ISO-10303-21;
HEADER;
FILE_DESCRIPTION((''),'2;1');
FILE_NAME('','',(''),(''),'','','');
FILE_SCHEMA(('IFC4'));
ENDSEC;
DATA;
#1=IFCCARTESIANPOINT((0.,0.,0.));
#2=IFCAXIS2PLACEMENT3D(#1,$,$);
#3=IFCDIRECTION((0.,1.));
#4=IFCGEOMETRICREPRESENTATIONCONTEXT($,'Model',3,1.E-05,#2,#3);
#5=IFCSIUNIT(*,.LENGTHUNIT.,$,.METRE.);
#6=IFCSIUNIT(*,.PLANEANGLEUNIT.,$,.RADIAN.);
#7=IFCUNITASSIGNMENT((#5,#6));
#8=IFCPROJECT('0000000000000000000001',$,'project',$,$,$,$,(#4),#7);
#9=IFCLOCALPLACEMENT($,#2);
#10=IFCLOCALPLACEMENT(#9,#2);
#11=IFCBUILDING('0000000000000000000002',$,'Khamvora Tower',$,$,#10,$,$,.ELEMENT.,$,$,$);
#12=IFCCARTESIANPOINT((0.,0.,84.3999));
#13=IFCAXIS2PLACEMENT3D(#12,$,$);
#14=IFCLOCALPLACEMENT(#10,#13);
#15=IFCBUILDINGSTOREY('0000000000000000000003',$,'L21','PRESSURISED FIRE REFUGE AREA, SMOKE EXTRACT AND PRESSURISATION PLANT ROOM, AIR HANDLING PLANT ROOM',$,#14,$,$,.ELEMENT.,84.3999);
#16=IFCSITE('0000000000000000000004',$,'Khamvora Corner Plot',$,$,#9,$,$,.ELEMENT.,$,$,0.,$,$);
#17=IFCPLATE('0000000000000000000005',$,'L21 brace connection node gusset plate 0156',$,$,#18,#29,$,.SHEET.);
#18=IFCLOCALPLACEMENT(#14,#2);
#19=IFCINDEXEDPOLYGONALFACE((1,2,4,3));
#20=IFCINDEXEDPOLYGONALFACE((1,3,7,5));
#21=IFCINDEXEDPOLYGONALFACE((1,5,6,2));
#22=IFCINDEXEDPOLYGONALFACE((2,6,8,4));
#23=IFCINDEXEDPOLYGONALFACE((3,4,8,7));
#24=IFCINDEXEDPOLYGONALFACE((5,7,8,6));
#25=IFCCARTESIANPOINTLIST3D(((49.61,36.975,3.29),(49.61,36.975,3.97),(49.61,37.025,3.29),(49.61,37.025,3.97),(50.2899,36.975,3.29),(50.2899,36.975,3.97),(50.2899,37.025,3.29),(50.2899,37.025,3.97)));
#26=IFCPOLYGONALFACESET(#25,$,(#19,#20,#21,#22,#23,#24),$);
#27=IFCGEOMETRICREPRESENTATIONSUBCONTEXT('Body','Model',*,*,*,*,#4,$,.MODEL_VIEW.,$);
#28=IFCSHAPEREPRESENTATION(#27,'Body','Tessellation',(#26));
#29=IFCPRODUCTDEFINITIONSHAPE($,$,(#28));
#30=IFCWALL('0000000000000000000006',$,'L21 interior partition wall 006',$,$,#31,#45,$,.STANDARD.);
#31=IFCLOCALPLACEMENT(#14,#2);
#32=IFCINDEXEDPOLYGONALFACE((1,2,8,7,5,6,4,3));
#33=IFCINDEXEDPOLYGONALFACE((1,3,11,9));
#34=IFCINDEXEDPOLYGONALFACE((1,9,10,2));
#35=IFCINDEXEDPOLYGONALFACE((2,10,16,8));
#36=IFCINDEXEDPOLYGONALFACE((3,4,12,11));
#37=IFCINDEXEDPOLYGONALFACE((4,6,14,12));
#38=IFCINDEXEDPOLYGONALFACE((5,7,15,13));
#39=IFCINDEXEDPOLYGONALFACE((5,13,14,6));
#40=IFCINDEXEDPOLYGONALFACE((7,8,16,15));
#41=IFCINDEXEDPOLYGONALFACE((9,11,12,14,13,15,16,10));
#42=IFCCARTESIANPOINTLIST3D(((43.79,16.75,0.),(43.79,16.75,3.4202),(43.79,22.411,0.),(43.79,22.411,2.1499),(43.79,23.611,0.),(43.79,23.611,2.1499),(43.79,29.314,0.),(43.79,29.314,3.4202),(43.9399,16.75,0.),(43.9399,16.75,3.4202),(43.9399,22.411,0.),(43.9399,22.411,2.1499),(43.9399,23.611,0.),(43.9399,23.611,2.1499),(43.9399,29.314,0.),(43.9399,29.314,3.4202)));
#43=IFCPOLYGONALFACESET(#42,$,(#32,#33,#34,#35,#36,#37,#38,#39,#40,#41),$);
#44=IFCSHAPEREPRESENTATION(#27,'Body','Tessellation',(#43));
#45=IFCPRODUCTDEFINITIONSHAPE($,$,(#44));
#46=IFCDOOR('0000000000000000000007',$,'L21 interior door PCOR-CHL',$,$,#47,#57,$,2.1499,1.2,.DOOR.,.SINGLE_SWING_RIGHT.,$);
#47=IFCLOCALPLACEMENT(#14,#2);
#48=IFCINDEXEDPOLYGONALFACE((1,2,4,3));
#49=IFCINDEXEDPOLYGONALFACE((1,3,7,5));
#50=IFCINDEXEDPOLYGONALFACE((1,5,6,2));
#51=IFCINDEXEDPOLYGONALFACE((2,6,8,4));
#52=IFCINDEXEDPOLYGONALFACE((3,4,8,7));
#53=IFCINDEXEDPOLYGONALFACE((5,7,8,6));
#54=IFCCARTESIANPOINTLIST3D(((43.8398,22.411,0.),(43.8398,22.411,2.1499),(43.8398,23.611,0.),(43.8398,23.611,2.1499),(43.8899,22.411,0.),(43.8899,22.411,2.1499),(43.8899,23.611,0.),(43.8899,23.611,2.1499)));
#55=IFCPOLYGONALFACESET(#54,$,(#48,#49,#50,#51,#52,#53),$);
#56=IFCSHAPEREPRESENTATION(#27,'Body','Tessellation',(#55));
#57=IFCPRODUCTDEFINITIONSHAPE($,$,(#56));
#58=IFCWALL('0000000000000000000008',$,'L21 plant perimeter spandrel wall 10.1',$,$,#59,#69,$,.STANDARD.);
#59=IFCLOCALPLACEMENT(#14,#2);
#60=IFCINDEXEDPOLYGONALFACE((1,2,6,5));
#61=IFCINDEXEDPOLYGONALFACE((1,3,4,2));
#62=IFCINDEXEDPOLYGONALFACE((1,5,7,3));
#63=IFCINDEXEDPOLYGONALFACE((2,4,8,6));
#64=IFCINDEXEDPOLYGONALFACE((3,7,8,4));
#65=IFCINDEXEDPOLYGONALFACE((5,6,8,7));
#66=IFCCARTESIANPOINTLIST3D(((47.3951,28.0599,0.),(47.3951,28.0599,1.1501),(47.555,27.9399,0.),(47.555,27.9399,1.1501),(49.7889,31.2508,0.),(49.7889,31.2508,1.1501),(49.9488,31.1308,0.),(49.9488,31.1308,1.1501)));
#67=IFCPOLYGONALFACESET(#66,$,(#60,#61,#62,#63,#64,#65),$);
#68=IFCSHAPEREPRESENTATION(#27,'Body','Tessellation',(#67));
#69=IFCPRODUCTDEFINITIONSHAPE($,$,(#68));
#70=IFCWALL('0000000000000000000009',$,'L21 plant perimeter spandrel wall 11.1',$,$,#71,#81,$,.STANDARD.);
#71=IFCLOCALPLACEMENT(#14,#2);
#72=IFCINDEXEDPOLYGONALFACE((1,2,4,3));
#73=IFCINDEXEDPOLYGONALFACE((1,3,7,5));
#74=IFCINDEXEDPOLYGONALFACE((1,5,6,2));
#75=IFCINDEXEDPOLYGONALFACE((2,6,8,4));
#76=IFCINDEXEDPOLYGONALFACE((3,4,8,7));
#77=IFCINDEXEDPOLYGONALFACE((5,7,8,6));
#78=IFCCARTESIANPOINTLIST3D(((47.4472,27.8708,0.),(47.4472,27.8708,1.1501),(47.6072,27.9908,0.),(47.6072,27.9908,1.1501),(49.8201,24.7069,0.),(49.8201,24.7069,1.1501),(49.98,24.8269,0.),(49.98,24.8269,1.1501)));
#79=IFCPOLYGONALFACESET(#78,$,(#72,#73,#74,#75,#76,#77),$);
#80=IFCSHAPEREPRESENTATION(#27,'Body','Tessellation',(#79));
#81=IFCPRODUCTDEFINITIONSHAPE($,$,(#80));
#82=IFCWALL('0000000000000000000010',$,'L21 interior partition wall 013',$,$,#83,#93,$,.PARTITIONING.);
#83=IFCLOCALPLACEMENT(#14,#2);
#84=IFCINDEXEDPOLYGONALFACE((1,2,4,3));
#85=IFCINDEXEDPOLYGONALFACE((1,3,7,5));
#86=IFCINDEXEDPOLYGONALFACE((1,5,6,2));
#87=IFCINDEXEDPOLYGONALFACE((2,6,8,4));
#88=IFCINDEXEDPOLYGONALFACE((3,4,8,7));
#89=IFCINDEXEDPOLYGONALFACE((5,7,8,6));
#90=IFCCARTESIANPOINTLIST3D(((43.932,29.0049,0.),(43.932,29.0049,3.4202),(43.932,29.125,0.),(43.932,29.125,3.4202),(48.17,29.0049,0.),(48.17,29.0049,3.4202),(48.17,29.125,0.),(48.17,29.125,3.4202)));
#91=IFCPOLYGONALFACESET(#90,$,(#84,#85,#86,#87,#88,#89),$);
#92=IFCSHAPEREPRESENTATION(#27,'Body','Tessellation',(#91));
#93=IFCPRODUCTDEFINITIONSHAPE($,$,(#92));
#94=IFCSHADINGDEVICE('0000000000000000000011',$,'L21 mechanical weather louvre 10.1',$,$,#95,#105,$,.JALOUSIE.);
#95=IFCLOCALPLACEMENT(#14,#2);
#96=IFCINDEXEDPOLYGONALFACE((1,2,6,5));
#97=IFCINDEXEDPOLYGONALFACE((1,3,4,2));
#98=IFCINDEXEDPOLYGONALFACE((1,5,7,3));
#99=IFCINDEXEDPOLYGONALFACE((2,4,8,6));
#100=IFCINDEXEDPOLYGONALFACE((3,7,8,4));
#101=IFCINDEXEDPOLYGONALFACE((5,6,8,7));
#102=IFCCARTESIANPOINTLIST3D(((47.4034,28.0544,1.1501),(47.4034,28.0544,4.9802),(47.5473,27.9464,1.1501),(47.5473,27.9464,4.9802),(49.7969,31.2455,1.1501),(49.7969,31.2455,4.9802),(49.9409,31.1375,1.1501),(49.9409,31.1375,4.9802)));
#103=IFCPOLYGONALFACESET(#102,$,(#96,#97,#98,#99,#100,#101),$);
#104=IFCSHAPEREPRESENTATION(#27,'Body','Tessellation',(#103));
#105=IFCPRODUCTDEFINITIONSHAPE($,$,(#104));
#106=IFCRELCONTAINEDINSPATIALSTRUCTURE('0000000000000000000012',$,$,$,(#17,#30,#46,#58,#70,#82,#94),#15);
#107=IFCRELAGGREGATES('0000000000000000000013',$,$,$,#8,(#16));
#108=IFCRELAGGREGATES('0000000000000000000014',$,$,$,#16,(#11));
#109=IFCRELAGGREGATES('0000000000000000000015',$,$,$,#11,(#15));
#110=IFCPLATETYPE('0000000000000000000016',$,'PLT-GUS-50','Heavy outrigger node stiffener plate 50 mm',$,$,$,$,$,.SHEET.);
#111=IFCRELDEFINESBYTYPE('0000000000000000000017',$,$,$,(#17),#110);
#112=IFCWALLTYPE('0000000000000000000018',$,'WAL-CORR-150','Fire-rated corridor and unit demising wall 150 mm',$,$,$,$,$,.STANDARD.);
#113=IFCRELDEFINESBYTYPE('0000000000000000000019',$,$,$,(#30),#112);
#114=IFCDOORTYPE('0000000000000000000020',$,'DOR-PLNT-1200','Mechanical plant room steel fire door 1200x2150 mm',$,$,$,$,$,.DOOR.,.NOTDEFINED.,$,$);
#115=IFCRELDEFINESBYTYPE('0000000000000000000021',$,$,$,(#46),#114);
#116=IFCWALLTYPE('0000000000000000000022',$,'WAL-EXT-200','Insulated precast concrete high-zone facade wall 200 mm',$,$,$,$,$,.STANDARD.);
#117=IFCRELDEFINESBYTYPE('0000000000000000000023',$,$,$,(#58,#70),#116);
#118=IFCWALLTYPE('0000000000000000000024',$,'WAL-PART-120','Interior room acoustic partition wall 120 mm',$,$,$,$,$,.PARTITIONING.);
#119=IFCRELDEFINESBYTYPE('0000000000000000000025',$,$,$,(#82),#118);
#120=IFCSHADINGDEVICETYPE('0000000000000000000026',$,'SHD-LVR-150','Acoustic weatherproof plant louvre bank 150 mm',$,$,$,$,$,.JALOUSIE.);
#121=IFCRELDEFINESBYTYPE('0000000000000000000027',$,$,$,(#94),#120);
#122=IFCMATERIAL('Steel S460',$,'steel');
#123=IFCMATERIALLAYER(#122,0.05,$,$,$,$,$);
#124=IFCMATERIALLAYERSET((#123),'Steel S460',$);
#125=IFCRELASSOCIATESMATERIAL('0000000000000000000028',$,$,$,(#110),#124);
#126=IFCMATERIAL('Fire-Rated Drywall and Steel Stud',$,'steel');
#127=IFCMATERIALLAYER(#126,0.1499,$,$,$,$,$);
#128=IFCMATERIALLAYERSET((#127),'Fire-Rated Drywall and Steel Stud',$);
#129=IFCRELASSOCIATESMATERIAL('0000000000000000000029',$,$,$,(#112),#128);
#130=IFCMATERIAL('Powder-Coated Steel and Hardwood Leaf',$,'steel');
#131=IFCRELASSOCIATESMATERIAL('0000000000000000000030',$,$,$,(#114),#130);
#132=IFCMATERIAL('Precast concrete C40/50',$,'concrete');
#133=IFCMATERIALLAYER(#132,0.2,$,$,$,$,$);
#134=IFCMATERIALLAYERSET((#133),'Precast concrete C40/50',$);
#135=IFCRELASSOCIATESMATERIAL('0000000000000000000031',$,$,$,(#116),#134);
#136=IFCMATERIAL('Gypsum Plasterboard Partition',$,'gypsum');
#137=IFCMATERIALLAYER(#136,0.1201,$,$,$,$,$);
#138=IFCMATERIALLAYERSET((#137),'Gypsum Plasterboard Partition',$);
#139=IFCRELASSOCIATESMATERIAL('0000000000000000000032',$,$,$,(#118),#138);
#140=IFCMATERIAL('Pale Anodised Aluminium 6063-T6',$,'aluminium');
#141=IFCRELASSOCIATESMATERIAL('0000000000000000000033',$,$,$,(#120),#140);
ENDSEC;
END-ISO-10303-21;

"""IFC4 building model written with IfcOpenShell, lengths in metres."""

from ifc_helpers import new_model, si_unit, direction, frame, frame_2d, origin, origin_2d, place, context, subcontext, project, spatial, rectangle, extrude, material, layer, layer_set, type_object, element, fill, save


model = new_model("IFC4")

# Units and contexts
model_context = context("Model", 3, precision=1e-05, world=origin(), true_north=direction((0.0, 1.0)))
body_context = subcontext(model_context, "Body", "Model", "MODEL_VIEW")
ifc_project = project(units=[si_unit("LENGTHUNIT", "METRE"), si_unit("PLANEANGLEUNIT", "RADIAN")], contexts=[model_context])

# Site, building, storey
site_placement = place(None, origin())
site = spatial("IfcSite", under=ifc_project, at=site_placement, Name="Khamvora Corner Plot", CompositionType="ELEMENT", RefElevation=0.0)
building_placement = place(site_placement, origin())
building = spatial("IfcBuilding", under=site, at=building_placement, Name="Khamvora Tower", CompositionType="ELEMENT")
storey_placement = place(building_placement, frame((0.0, 0.0, 84.3999)))
storey = spatial("IfcBuildingStorey", under=building, at=storey_placement, Name="L21", Description="PRESSURISED FIRE REFUGE AREA, SMOKE EXTRACT AND PRESSURISATION PLANT ROOM, AIR HANDLING PLANT ROOM", CompositionType="ELEMENT", Elevation=84.3999)

# Shared definitions
ifc_material_1 = material(Name="Steel S460", Category="steel")

# Plate
ifc_layer_1 = layer(ifc_material_1, 0.05)
ifc_layer_set_1 = layer_set([ifc_layer_1], Name="Steel S460")
plate_type_1 = type_object("IfcPlateType", Name="PLT-GUS-50", Description="Heavy outrigger node stiffener plate 50 mm", PredefinedType="SHEET", material=ifc_layer_set_1)
for number, where, z_axis, x_axis, name in (
    (1, (49.95, 37.0, 3.29), (0.0, 0.0, 1.0), (1.0, 0.0, 0.0), "L21 brace connection node gusset plate 0156"),
):
    element("IfcPlate", number, at=place(storey_placement, frame(where, z_axis=z_axis, x_axis=x_axis)), inside=storey, type_object=plate_type_1, Name=name, PredefinedType="SHEET", context=body_context, shape_type="SweptSolid", body=[
        extrude(rectangle(XDim=0.6799, YDim=0.05, at=origin_2d()), origin(), (0.0, 0.0, 1.0), 0.6799),
    ])

# Wall, opening, door
ifc_material_2 = material(Name="Fire-Rated Drywall and Steel Stud", Category="steel")
ifc_layer_2 = layer(ifc_material_2, 0.1499)
ifc_layer_set_2 = layer_set([ifc_layer_2], Name="Fire-Rated Drywall and Steel Stud")
wall_type_1 = type_object("IfcWallType", Name="WAL-CORR-150", Description="Fire-rated corridor and unit demising wall 150 mm", PredefinedType="STANDARD", material=ifc_layer_set_2)
wall_1_placement = place(storey_placement, frame((43.865, 29.314, 0.0), z_axis=(0.0, 0.0, 1.0), x_axis=(0.0, -1.0, 0.0)))
wall_1 = element("IfcWall", 2, at=wall_1_placement, inside=storey, type_object=wall_type_1, Name="L21 interior partition wall 006", PredefinedType="STANDARD", context=body_context, shape_type="SweptSolid", body=[
    extrude(rectangle(XDim=12.564, YDim=0.1499, at=frame_2d((6.282, 0.0))), origin(), (0.0, 0.0, 1.0), 3.4202),
])
opening_placement = place(wall_1_placement, frame((5.7029, 0.0, 0.0)))
opening = element("IfcOpeningElement", 3, at=opening_placement, cuts=wall_1, PredefinedType="OPENING", context=body_context, shape_type="SweptSolid", body=[
    extrude(rectangle(XDim=1.2, YDim=2.1499, at=frame_2d((0.6001, 1.075))), frame((0.0, 0.085, 0.0), z_axis=(0.0, -1.0, 0.0), x_axis=(1.0, 0.0, 0.0)), (0.0, 0.0, 1.0), 0.1699),
])
ifc_material_3 = material(Name="Powder-Coated Steel and Hardwood Leaf", Category="steel")
door_type = type_object("IfcDoorType", Name="DOR-PLNT-1200", Description="Mechanical plant room steel fire door 1200x2150 mm", OperationType="NOTDEFINED", PredefinedType="DOOR", material=ifc_material_3)
door_placement = place(opening_placement, origin())
door = element("IfcDoor", 4, at=door_placement, inside=storey, type_object=door_type, Name="L21 interior door PCOR-CHL", OperationType="SINGLE_SWING_RIGHT", OverallHeight=2.1499, OverallWidth=1.2, PredefinedType="DOOR", context=body_context, shape_type="SweptSolid", body=[
    extrude(rectangle(XDim=1.2, YDim=2.1499, at=frame_2d((0.6001, 1.075))), frame((0.0, 0.0249, 0.0), z_axis=(0.0, -1.0, 0.0), x_axis=(1.0, 0.0, 0.0)), (0.0, 0.0, 1.0), 0.05),
])
fill(opening, door)

# Walls
ifc_material_4 = material(Name="Precast concrete C40/50", Category="concrete")
ifc_layer_3 = layer(ifc_material_4, 0.2)
ifc_layer_set_3 = layer_set([ifc_layer_3], Name="Precast concrete C40/50")
wall_type_2 = type_object("IfcWallType", Name="WAL-EXT-200", Description="Insulated precast concrete high-zone facade wall 200 mm", PredefinedType="STANDARD", material=ifc_layer_set_3)
wall_2_placement = place(storey_placement, frame((49.8689, 31.1909, 0.0), z_axis=(0.0, 0.0, 1.0), x_axis=(-0.600098, -0.799927, 0.0)))
element("IfcWall", 5, at=wall_2_placement, inside=storey, type_object=wall_type_2, Name="L21 plant perimeter spandrel wall 10.1", PredefinedType="STANDARD", context=body_context, shape_type="SweptSolid", body=[
    extrude(rectangle(XDim=3.989, YDim=0.2, at=frame_2d((1.9946, 0.0))), origin(), (0.0, 0.0, 1.0), 1.1501),
])
wall_3_placement = place(storey_placement, frame((47.5271, 27.9309, 0.0), z_axis=(0.0, 0.0, 1.0), x_axis=(0.59999, -0.800007, 0.0)))
element("IfcWall", 6, at=wall_3_placement, inside=storey, type_object=wall_type_2, Name="L21 plant perimeter spandrel wall 11.1", PredefinedType="STANDARD", context=body_context, shape_type="SweptSolid", body=[
    extrude(rectangle(XDim=3.9548, YDim=0.2, at=frame_2d((1.9775, 0.0))), origin(), (0.0, 0.0, 1.0), 1.1501),
])
ifc_material_5 = material(Name="Gypsum Plasterboard Partition", Category="gypsum")
ifc_layer_4 = layer(ifc_material_5, 0.1201)
ifc_layer_set_4 = layer_set([ifc_layer_4], Name="Gypsum Plasterboard Partition")
wall_type_3 = type_object("IfcWallType", Name="WAL-PART-120", Description="Interior room acoustic partition wall 120 mm", PredefinedType="PARTITIONING", material=ifc_layer_set_4)
wall_4_placement = place(storey_placement, frame((43.9319, 29.0649, 0.0), z_axis=(0.0, 0.0, 1.0), x_axis=(1.0, 0.0, 0.0)))
element("IfcWall", 7, at=wall_4_placement, inside=storey, type_object=wall_type_3, Name="L21 interior partition wall 013", PredefinedType="PARTITIONING", context=body_context, shape_type="SweptSolid", body=[
    extrude(rectangle(XDim=4.238, YDim=0.1201, at=frame_2d((2.1191, 0.0))), origin(), (0.0, 0.0, 1.0), 3.4202),
])

# Shading device
ifc_material_6 = material(Name="Pale Anodised Aluminium 6063-T6", Category="aluminium")
shading_device_type = type_object("IfcShadingDeviceType", Name="SHD-LVR-150", Description="Acoustic weatherproof plant louvre bank 150 mm", PredefinedType="JALOUSIE", material=ifc_material_6)
shading_device_placement = place(storey_placement, frame((48.6721, 29.5959, 1.1501), z_axis=(0.0, 0.0, 1.0), x_axis=(-0.60004, -0.79997, 0.0)))
element("IfcShadingDevice", 8, at=shading_device_placement, inside=storey, type_object=shading_device_type, Name="L21 mechanical weather louvre 10.1", PredefinedType="JALOUSIE", context=body_context, shape_type="SweptSolid", body=[
    extrude(rectangle(XDim=3.989, YDim=0.1799, at=origin_2d()), origin(), (0.0, 0.0, 1.0), 3.8301),
])

save(model, "model.ifc")
